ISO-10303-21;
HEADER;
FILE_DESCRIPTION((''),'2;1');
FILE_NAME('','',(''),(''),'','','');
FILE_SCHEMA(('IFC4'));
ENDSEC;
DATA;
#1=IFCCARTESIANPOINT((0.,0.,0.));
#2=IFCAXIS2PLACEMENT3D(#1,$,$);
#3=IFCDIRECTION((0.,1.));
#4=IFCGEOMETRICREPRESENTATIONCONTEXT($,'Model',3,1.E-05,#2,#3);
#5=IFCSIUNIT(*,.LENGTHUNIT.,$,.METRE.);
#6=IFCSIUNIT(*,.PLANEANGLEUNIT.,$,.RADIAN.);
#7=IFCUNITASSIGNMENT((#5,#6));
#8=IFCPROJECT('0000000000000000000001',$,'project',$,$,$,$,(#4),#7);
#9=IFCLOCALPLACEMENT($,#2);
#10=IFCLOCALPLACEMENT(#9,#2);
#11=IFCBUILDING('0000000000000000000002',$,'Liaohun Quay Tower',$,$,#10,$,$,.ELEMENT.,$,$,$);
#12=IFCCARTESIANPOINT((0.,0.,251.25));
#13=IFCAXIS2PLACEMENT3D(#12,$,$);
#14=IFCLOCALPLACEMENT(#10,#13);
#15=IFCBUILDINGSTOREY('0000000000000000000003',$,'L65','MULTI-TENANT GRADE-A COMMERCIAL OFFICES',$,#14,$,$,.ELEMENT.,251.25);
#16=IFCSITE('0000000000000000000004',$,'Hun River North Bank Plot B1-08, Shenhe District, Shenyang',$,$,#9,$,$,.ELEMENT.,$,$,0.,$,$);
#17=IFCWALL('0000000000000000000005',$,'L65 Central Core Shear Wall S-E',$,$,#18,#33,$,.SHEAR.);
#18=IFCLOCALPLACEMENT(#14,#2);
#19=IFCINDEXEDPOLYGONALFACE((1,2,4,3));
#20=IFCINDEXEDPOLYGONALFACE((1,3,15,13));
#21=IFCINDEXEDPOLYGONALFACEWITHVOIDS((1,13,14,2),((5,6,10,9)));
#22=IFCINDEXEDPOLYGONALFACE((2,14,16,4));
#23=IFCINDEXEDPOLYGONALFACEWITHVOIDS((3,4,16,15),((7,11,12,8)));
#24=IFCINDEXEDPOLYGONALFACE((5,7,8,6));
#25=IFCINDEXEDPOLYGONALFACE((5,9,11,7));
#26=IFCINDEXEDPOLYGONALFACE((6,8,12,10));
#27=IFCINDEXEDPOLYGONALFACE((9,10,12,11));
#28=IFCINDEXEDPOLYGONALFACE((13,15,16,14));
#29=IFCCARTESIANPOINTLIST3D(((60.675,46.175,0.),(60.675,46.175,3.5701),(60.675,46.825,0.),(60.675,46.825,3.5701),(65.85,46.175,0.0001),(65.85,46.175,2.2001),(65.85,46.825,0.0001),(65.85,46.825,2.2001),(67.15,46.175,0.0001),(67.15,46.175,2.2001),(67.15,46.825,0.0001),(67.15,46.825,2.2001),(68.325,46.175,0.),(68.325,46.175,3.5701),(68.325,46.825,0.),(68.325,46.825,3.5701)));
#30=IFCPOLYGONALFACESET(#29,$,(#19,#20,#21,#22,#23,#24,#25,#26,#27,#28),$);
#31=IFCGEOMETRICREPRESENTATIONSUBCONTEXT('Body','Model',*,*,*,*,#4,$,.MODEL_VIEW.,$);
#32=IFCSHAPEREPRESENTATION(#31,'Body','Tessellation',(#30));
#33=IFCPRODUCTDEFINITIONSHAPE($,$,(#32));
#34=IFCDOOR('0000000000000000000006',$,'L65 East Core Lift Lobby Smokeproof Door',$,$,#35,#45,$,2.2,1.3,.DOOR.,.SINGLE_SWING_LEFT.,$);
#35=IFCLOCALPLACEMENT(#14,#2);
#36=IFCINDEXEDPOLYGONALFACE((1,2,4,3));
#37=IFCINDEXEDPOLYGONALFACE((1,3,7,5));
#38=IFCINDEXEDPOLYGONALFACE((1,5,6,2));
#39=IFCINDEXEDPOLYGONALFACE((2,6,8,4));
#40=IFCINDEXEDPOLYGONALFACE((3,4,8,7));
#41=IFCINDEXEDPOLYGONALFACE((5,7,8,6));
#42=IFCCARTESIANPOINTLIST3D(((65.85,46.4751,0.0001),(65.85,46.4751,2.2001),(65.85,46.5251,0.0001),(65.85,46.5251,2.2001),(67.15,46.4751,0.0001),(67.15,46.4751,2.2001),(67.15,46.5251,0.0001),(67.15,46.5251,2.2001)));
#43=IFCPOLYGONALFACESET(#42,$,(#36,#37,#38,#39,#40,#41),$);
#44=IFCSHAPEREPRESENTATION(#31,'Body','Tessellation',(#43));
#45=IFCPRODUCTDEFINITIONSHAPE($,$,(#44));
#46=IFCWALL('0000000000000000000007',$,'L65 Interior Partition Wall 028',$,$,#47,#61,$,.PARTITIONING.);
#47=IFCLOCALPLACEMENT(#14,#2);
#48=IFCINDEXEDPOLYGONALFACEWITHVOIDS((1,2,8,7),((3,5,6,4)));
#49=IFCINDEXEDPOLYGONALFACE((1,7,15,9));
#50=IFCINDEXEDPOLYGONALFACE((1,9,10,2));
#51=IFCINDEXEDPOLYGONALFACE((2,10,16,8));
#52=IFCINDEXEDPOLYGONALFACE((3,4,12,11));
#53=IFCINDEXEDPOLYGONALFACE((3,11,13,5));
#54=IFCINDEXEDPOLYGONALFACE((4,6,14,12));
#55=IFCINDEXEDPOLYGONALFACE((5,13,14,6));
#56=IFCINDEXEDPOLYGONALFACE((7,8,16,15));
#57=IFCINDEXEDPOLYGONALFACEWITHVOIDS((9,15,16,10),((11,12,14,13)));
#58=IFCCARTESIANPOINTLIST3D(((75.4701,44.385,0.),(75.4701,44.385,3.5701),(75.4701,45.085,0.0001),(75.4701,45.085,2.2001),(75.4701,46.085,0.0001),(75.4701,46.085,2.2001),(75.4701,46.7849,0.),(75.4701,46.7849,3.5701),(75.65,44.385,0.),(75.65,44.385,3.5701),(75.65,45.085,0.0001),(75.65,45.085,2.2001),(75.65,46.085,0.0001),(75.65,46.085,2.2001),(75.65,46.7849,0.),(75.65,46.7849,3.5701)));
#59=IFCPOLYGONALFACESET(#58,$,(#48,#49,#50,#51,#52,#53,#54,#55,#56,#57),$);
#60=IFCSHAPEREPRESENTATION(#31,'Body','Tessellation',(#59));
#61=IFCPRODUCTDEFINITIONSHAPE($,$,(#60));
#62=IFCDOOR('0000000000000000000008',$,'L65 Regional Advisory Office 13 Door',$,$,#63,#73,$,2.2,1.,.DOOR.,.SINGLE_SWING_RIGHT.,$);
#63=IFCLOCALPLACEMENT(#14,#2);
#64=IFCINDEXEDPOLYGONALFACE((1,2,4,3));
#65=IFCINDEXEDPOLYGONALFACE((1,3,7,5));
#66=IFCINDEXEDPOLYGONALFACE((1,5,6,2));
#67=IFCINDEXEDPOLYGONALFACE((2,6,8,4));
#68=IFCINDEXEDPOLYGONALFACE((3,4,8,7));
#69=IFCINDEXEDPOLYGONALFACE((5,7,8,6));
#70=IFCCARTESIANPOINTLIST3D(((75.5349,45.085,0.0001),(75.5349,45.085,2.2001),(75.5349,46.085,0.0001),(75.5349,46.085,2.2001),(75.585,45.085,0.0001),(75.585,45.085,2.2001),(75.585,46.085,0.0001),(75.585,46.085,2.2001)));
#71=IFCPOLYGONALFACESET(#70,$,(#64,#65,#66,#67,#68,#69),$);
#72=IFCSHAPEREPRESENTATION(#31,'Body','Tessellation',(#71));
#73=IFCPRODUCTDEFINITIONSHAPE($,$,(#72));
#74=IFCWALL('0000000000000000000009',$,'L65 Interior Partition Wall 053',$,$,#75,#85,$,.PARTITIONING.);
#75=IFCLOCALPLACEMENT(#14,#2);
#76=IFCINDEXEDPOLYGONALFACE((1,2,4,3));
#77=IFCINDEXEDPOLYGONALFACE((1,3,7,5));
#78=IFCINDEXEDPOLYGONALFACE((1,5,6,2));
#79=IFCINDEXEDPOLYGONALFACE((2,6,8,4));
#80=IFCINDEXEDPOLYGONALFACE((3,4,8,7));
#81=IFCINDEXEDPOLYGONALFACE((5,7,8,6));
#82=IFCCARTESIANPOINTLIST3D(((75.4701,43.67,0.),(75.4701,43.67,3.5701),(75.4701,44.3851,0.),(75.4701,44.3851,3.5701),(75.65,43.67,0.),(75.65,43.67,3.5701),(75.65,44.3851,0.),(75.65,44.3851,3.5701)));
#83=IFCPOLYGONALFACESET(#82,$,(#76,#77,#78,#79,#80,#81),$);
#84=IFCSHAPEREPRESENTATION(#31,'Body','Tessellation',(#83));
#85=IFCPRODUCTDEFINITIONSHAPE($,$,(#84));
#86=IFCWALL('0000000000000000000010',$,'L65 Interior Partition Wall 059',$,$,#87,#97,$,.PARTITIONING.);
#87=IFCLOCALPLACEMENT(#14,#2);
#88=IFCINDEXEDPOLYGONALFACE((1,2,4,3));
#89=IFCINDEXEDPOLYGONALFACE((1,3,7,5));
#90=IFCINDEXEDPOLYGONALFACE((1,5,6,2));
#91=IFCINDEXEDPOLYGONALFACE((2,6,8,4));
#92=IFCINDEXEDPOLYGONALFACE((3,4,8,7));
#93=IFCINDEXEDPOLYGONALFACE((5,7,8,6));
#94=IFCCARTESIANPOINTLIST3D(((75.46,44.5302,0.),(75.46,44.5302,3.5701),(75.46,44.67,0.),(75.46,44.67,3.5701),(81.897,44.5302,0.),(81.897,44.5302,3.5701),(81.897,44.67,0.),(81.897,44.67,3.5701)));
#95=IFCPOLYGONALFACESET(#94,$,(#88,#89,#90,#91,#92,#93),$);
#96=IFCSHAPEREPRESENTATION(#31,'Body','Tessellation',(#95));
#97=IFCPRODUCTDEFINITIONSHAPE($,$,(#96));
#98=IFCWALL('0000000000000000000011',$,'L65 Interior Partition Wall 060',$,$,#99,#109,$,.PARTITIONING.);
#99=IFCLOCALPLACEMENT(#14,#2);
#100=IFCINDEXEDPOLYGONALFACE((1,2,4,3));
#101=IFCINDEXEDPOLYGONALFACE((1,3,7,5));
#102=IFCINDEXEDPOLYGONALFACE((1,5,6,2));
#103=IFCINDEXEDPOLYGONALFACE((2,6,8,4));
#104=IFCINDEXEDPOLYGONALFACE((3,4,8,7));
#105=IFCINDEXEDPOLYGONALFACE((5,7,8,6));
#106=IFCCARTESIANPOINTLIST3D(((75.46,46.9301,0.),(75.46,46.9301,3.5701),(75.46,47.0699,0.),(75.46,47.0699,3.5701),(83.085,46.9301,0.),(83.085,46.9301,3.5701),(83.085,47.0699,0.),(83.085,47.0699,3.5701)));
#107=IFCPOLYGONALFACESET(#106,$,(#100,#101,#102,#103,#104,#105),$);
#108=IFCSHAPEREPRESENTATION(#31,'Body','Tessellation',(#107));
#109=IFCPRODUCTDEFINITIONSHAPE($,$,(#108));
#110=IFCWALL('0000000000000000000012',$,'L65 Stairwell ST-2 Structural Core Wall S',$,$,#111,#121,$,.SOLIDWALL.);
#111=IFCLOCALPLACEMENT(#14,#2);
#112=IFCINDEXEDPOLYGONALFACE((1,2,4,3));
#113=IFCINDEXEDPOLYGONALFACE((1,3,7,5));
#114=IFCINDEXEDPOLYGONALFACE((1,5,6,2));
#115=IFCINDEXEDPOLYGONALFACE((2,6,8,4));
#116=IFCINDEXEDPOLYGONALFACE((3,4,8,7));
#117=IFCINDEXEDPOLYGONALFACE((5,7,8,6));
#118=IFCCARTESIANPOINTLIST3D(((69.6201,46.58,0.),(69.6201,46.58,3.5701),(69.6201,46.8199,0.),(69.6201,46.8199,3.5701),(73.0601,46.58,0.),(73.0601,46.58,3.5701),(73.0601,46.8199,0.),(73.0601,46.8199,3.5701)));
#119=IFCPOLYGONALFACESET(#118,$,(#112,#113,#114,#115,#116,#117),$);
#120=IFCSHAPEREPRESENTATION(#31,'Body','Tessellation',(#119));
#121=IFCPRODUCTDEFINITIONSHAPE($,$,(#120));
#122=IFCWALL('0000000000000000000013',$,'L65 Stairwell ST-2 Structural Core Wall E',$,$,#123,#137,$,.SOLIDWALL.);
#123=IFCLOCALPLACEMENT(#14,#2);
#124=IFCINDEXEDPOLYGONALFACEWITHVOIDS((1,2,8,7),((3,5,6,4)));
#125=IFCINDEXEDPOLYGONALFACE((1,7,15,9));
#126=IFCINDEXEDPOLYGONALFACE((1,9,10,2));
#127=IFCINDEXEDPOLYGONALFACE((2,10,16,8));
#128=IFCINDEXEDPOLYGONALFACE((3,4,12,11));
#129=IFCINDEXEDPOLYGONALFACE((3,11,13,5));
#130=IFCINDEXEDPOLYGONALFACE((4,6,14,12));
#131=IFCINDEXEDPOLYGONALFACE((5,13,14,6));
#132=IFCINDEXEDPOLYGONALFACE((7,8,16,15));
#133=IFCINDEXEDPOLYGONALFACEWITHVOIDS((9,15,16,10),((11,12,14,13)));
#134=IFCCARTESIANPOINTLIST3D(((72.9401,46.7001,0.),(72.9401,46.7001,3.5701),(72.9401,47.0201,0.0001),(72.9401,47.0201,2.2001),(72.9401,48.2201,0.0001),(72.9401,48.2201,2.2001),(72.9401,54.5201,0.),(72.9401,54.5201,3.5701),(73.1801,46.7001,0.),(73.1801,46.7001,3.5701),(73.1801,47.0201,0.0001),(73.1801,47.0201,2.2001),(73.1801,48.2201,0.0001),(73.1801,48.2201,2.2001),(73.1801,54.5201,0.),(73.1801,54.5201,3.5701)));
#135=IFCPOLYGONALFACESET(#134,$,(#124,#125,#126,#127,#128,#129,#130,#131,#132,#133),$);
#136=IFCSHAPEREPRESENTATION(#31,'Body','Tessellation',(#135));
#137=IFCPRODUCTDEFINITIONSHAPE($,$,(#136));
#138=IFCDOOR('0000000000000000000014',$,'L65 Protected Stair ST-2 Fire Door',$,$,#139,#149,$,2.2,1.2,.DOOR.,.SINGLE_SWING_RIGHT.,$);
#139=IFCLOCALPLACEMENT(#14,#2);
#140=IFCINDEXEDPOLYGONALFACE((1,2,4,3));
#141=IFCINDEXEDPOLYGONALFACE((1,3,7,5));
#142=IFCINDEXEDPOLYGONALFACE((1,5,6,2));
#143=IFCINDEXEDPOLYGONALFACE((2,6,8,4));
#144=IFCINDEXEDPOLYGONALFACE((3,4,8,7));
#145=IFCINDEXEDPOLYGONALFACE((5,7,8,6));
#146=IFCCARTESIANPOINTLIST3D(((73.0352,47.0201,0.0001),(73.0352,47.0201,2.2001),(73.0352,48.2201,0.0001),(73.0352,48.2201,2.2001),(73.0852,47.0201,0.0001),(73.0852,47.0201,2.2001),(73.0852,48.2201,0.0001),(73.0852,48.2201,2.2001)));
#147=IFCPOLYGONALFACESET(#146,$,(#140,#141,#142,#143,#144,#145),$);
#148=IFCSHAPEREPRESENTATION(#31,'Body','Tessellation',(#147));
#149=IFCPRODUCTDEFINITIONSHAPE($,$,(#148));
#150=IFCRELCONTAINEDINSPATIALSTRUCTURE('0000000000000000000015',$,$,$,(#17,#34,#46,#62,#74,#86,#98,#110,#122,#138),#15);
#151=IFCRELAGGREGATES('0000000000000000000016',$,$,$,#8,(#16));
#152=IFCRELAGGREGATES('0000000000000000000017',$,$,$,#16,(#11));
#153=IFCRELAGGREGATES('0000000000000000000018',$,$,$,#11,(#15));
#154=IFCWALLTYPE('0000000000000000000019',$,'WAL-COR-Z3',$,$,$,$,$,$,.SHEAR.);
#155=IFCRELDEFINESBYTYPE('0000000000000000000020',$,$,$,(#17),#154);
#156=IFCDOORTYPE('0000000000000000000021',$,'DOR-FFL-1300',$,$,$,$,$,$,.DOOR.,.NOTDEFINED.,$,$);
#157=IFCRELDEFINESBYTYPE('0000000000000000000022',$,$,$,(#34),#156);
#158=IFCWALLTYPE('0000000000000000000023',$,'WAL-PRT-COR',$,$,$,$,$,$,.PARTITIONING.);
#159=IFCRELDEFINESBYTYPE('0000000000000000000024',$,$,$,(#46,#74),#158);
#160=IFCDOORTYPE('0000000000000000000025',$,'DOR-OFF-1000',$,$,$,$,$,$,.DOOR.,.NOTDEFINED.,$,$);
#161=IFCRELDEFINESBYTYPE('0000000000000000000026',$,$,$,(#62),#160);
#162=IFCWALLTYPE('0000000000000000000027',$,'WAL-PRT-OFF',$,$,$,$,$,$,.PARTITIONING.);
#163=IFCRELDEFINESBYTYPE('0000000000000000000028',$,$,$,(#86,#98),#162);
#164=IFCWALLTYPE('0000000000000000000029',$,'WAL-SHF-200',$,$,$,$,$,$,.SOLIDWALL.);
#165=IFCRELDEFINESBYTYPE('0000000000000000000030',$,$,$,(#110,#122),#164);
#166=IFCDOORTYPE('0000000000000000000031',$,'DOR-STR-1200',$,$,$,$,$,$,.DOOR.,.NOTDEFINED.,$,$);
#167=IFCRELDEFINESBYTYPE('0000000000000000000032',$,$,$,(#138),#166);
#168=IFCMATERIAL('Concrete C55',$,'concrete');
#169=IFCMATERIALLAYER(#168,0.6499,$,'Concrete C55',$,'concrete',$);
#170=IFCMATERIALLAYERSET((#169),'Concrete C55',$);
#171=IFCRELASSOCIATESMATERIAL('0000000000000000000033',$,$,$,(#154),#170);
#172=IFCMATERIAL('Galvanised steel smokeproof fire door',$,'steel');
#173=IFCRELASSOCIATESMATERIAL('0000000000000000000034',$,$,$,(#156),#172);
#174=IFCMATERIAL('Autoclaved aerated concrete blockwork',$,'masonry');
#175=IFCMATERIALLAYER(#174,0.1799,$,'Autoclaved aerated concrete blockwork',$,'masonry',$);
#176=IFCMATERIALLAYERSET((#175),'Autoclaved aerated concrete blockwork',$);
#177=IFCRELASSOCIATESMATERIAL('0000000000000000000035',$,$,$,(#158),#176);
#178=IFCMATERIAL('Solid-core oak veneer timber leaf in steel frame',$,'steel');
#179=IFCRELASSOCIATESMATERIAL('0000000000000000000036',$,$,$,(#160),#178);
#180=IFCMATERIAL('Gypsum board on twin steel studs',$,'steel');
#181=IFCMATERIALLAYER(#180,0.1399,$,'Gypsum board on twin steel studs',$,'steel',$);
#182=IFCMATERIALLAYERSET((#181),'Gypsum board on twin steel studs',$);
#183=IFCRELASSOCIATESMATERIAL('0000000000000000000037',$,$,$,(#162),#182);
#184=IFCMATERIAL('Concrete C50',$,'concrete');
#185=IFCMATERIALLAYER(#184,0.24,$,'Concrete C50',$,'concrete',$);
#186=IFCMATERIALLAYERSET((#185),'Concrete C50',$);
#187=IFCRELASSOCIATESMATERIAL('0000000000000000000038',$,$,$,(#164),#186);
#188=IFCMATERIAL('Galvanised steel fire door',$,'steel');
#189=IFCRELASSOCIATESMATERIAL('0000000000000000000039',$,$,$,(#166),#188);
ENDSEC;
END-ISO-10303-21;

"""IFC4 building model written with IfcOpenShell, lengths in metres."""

from ifc_helpers import new_model, si_unit, direction, frame, frame_2d, origin, place, context, subcontext, project, spatial, rectangle, extrude, source, transform, mapped, material, layer, layer_set, type_object, element, fill, save


model = new_model("IFC4")

# Units and contexts
model_context = context("Model", 3, precision=1e-05, world=origin(), true_north=direction((0.0, 1.0)))
body_context = subcontext(model_context, "Body", "Model", "MODEL_VIEW")
ifc_project = project(units=[si_unit("LENGTHUNIT", "METRE"), si_unit("PLANEANGLEUNIT", "RADIAN")], contexts=[model_context])

# Site, building, storey
site_placement = place(None, origin())
site = spatial("IfcSite", under=ifc_project, at=site_placement, Name="Hun River North Bank Plot B1-08, Shenhe District, Shenyang", CompositionType="ELEMENT", RefElevation=0.0)
building_placement = place(site_placement, origin())
building = spatial("IfcBuilding", under=site, at=building_placement, Name="Liaohun Quay Tower", CompositionType="ELEMENT")
storey_placement = place(building_placement, frame((0.0, 0.0, 251.25)))
storey = spatial("IfcBuildingStorey", under=building, at=storey_placement, Name="L65", Description="MULTI-TENANT GRADE-A COMMERCIAL OFFICES", CompositionType="ELEMENT", Elevation=251.25)

# Shared definitions
ifc_material_1 = material(Name="Concrete C55", Category="concrete")

# Walls, openings, doors
ifc_layer_1 = layer(ifc_material_1, 0.6499, Name="Concrete C55", Category="concrete")
ifc_layer_set_1 = layer_set([ifc_layer_1], Name="Concrete C55")
wall_type_1 = type_object("IfcWallType", Name="WAL-COR-Z3", PredefinedType="SHEAR", material=ifc_layer_set_1)
wall_1_placement = place(storey_placement, frame((68.325, 46.5, 0.0), z_axis=(0.0, 0.0, 1.0), x_axis=(-1.0, 0.0, 0.0)))
wall_1 = element("IfcWall", 1, at=wall_1_placement, inside=storey, type_object=wall_type_1, Name="L65 Central Core Shear Wall S-E", PredefinedType="SHEAR", context=body_context, shape_type="SweptSolid", body=[
    extrude(rectangle(XDim=7.6499, YDim=0.6499, at=frame_2d((3.825, 0.0))), origin(), (0.0, 0.0, 1.0), 3.5701),
])
shared_shape_1 = source(origin(), body_context, "Body", "SweptSolid", [
    extrude(rectangle(XDim=1.3, YDim=2.2, at=frame_2d((0.6499, 1.1001))), frame((0.0, 0.335, 0.0), z_axis=(0.0, -1.0, 0.0), x_axis=(1.0, 0.0, 0.0)), (0.0, 0.0, 1.0), 0.6699),
])
opening_1_placement = place(wall_1_placement, frame((1.175, 0.0, 0.0)))
opening_1 = element("IfcOpeningElement", 2, at=opening_1_placement, cuts=wall_1, PredefinedType="OPENING", context=body_context, shape_type="MappedRepresentation", body=[
    mapped(shared_shape_1, transform((0.0, 0.0, 0.0), x_axis=(1.0, 0.0, 0.0), y_axis=(0.0, 1.0, 0.0), z_axis=(0.0, 0.0, 1.0), scale=1.0)),
])
ifc_material_2 = material(Name="Galvanised steel smokeproof fire door", Category="steel")
door_type_1 = type_object("IfcDoorType", Name="DOR-FFL-1300", OperationType="NOTDEFINED", PredefinedType="DOOR", material=ifc_material_2)
shared_shape_2 = source(origin(), body_context, "Body", "SweptSolid", [
    extrude(rectangle(XDim=1.3, YDim=2.2, at=frame_2d((0.6499, 1.1001))), frame((0.0, 0.0249, 0.0), z_axis=(0.0, -1.0, 0.0), x_axis=(1.0, 0.0, 0.0)), (0.0, 0.0, 1.0), 0.05),
])
door_1_placement = place(opening_1_placement, origin())
door_1 = element("IfcDoor", 3, at=door_1_placement, inside=storey, type_object=door_type_1, Name="L65 East Core Lift Lobby Smokeproof Door", OperationType="SINGLE_SWING_LEFT", OverallHeight=2.2, OverallWidth=1.3, PredefinedType="DOOR", context=body_context, shape_type="MappedRepresentation", body=[
    mapped(shared_shape_2, transform((0.0, 0.0, 0.0), x_axis=(1.0, 0.0, 0.0), y_axis=(0.0, 1.0, 0.0), z_axis=(0.0, 0.0, 1.0), scale=1.0)),
])
fill(opening_1, door_1)
ifc_material_3 = material(Name="Autoclaved aerated concrete blockwork", Category="masonry")
ifc_layer_2 = layer(ifc_material_3, 0.1799, Name="Autoclaved aerated concrete blockwork", Category="masonry")
ifc_layer_set_2 = layer_set([ifc_layer_2], Name="Autoclaved aerated concrete blockwork")
wall_type_2 = type_object("IfcWallType", Name="WAL-PRT-COR", PredefinedType="PARTITIONING", material=ifc_layer_set_2)
wall_2_placement = place(storey_placement, frame((75.5601, 46.7849, 0.0), z_axis=(0.0, 0.0, 1.0), x_axis=(0.0, -1.0, 0.0)))
wall_2 = element("IfcWall", 4, at=wall_2_placement, inside=storey, type_object=wall_type_2, Name="L65 Interior Partition Wall 028", PredefinedType="PARTITIONING", context=body_context, shape_type="SweptSolid", body=[
    extrude(rectangle(XDim=2.3999, YDim=0.1799, at=frame_2d((1.2, 0.0))), origin(), (0.0, 0.0, 1.0), 3.5701),
])
shared_shape_3 = source(origin(), body_context, "Body", "SweptSolid", [
    extrude(rectangle(XDim=1.0, YDim=2.2, at=frame_2d((0.5, 1.1001))), frame((0.0, 0.0999, 0.0), z_axis=(0.0, -1.0, 0.0), x_axis=(1.0, 0.0, 0.0)), (0.0, 0.0, 1.0), 0.2),
])
opening_2_placement = place(wall_2_placement, frame((0.7, 0.0, 0.0)))
opening_2 = element("IfcOpeningElement", 5, at=opening_2_placement, cuts=wall_2, PredefinedType="OPENING", context=body_context, shape_type="MappedRepresentation", body=[
    mapped(shared_shape_3, transform((0.0, 0.0, 0.0), x_axis=(1.0, 0.0, 0.0), y_axis=(0.0, 1.0, 0.0), z_axis=(0.0, 0.0, 1.0), scale=1.0)),
])
ifc_material_4 = material(Name="Solid-core oak veneer timber leaf in steel frame", Category="steel")
door_type_2 = type_object("IfcDoorType", Name="DOR-OFF-1000", OperationType="NOTDEFINED", PredefinedType="DOOR", material=ifc_material_4)
shared_shape_4 = source(origin(), body_context, "Body", "SweptSolid", [
    extrude(rectangle(XDim=1.0, YDim=2.2, at=frame_2d((0.5, 1.1001))), frame((0.0, 0.0249, 0.0), z_axis=(0.0, -1.0, 0.0), x_axis=(1.0, 0.0, 0.0)), (0.0, 0.0, 1.0), 0.05),
])
door_2_placement = place(opening_2_placement, origin())
door_2 = element("IfcDoor", 6, at=door_2_placement, inside=storey, type_object=door_type_2, Name="L65 Regional Advisory Office 13 Door", OperationType="SINGLE_SWING_RIGHT", OverallHeight=2.2, OverallWidth=1.0, PredefinedType="DOOR", context=body_context, shape_type="MappedRepresentation", body=[
    mapped(shared_shape_4, transform((0.0, 0.0, 0.0), x_axis=(1.0, 0.0, 0.0), y_axis=(0.0, 1.0, 0.0), z_axis=(0.0, 0.0, 1.0), scale=1.0)),
])
fill(opening_2, door_2)

# Walls
wall_3_placement = place(storey_placement, frame((75.5601, 44.385, 0.0), z_axis=(0.0, 0.0, 1.0), x_axis=(0.0, -1.0, 0.0)))
element("IfcWall", 7, at=wall_3_placement, inside=storey, type_object=wall_type_2, Name="L65 Interior Partition Wall 053", PredefinedType="PARTITIONING", context=body_context, shape_type="SweptSolid", body=[
    extrude(rectangle(XDim=0.7151, YDim=0.1799, at=frame_2d((0.3574, 0.0))), origin(), (0.0, 0.0, 1.0), 3.5701),
])
ifc_material_5 = material(Name="Gypsum board on twin steel studs", Category="steel")
ifc_layer_3 = layer(ifc_material_5, 0.1399, Name="Gypsum board on twin steel studs", Category="steel")
ifc_layer_set_3 = layer_set([ifc_layer_3], Name="Gypsum board on twin steel studs")
wall_type_3 = type_object("IfcWallType", Name="WAL-PRT-OFF", PredefinedType="PARTITIONING", material=ifc_layer_set_3)
wall_4_placement = place(storey_placement, frame((75.46, 44.6001, 0.0), z_axis=(0.0, 0.0, 1.0), x_axis=(1.0, 0.0, 0.0)))
element("IfcWall", 8, at=wall_4_placement, inside=storey, type_object=wall_type_3, Name="L65 Interior Partition Wall 059", PredefinedType="PARTITIONING", context=body_context, shape_type="SweptSolid", body=[
    extrude(rectangle(XDim=6.437, YDim=0.1399, at=frame_2d((3.2185, 0.0))), origin(), (0.0, 0.0, 1.0), 3.5701),
])
wall_5_placement = place(storey_placement, frame((75.46, 47.0, 0.0), z_axis=(0.0, 0.0, 1.0), x_axis=(1.0, 0.0, 0.0)))
element("IfcWall", 9, at=wall_5_placement, inside=storey, type_object=wall_type_3, Name="L65 Interior Partition Wall 060", PredefinedType="PARTITIONING", context=body_context, shape_type="SweptSolid", body=[
    extrude(rectangle(XDim=7.625, YDim=0.1399, at=frame_2d((3.8125, 0.0))), origin(), (0.0, 0.0, 1.0), 3.5701),
])
ifc_material_6 = material(Name="Concrete C50", Category="concrete")
ifc_layer_4 = layer(ifc_material_6, 0.24, Name="Concrete C50", Category="concrete")
ifc_layer_set_4 = layer_set([ifc_layer_4], Name="Concrete C50")
wall_type_4 = type_object("IfcWallType", Name="WAL-SHF-200", PredefinedType="SOLIDWALL", material=ifc_layer_set_4)
wall_6_placement = place(storey_placement, frame((69.6201, 46.7, 0.0), z_axis=(0.0, 0.0, 1.0), x_axis=(1.0, 0.0, 0.0)))
element("IfcWall", 10, at=wall_6_placement, inside=storey, type_object=wall_type_4, Name="L65 Stairwell ST-2 Structural Core Wall S", PredefinedType="SOLIDWALL", context=body_context, shape_type="SweptSolid", body=[
    extrude(rectangle(XDim=3.4399, YDim=0.24, at=frame_2d((1.72, 0.0))), origin(), (0.0, 0.0, 1.0), 3.5701),
])

# Wall, opening, door
wall_7_placement = place(storey_placement, frame((73.0601, 46.7, 0.0), z_axis=(0.0, 0.0, 1.0), x_axis=(0.0, 1.0, 0.0)))
wall_7 = element("IfcWall", 11, at=wall_7_placement, inside=storey, type_object=wall_type_4, Name="L65 Stairwell ST-2 Structural Core Wall E", PredefinedType="SOLIDWALL", context=body_context, shape_type="SweptSolid", body=[
    extrude(rectangle(XDim=7.8201, YDim=0.24, at=frame_2d((3.9102, 0.0))), origin(), (0.0, 0.0, 1.0), 3.5701),
])
shared_shape_5 = source(origin(), body_context, "Body", "SweptSolid", [
    extrude(rectangle(XDim=1.2, YDim=2.2, at=frame_2d((0.6001, 1.1001))), frame((0.0, 0.1299, 0.0), z_axis=(0.0, -1.0, 0.0), x_axis=(1.0, 0.0, 0.0)), (0.0, 0.0, 1.0), 0.26),
])
opening_3_placement = place(wall_7_placement, frame((0.3201, 0.0, 0.0)))
opening_3 = element("IfcOpeningElement", 12, at=opening_3_placement, cuts=wall_7, PredefinedType="OPENING", context=body_context, shape_type="MappedRepresentation", body=[
    mapped(shared_shape_5, transform((0.0, 0.0, 0.0), x_axis=(1.0, 0.0, 0.0), y_axis=(0.0, 1.0, 0.0), z_axis=(0.0, 0.0, 1.0), scale=1.0)),
])
ifc_material_7 = material(Name="Galvanised steel fire door", Category="steel")
door_type_3 = type_object("IfcDoorType", Name="DOR-STR-1200", OperationType="NOTDEFINED", PredefinedType="DOOR", material=ifc_material_7)
shared_shape_6 = source(origin(), body_context, "Body", "SweptSolid", [
    extrude(rectangle(XDim=1.2, YDim=2.2, at=frame_2d((0.6001, 1.1001))), frame((0.0, 0.0249, 0.0), z_axis=(0.0, -1.0, 0.0), x_axis=(1.0, 0.0, 0.0)), (0.0, 0.0, 1.0), 0.05),
])
door_3_placement = place(opening_3_placement, origin())
door_3 = element("IfcDoor", 13, at=door_3_placement, inside=storey, type_object=door_type_3, Name="L65 Protected Stair ST-2 Fire Door", OperationType="SINGLE_SWING_RIGHT", OverallHeight=2.2, OverallWidth=1.2, PredefinedType="DOOR", context=body_context, shape_type="MappedRepresentation", body=[
    mapped(shared_shape_6, transform((0.0, 0.0, 0.0), x_axis=(1.0, 0.0, 0.0), y_axis=(0.0, 1.0, 0.0), z_axis=(0.0, 0.0, 1.0), scale=1.0)),
])
fill(opening_3, door_3)

save(model, "model.ifc")
